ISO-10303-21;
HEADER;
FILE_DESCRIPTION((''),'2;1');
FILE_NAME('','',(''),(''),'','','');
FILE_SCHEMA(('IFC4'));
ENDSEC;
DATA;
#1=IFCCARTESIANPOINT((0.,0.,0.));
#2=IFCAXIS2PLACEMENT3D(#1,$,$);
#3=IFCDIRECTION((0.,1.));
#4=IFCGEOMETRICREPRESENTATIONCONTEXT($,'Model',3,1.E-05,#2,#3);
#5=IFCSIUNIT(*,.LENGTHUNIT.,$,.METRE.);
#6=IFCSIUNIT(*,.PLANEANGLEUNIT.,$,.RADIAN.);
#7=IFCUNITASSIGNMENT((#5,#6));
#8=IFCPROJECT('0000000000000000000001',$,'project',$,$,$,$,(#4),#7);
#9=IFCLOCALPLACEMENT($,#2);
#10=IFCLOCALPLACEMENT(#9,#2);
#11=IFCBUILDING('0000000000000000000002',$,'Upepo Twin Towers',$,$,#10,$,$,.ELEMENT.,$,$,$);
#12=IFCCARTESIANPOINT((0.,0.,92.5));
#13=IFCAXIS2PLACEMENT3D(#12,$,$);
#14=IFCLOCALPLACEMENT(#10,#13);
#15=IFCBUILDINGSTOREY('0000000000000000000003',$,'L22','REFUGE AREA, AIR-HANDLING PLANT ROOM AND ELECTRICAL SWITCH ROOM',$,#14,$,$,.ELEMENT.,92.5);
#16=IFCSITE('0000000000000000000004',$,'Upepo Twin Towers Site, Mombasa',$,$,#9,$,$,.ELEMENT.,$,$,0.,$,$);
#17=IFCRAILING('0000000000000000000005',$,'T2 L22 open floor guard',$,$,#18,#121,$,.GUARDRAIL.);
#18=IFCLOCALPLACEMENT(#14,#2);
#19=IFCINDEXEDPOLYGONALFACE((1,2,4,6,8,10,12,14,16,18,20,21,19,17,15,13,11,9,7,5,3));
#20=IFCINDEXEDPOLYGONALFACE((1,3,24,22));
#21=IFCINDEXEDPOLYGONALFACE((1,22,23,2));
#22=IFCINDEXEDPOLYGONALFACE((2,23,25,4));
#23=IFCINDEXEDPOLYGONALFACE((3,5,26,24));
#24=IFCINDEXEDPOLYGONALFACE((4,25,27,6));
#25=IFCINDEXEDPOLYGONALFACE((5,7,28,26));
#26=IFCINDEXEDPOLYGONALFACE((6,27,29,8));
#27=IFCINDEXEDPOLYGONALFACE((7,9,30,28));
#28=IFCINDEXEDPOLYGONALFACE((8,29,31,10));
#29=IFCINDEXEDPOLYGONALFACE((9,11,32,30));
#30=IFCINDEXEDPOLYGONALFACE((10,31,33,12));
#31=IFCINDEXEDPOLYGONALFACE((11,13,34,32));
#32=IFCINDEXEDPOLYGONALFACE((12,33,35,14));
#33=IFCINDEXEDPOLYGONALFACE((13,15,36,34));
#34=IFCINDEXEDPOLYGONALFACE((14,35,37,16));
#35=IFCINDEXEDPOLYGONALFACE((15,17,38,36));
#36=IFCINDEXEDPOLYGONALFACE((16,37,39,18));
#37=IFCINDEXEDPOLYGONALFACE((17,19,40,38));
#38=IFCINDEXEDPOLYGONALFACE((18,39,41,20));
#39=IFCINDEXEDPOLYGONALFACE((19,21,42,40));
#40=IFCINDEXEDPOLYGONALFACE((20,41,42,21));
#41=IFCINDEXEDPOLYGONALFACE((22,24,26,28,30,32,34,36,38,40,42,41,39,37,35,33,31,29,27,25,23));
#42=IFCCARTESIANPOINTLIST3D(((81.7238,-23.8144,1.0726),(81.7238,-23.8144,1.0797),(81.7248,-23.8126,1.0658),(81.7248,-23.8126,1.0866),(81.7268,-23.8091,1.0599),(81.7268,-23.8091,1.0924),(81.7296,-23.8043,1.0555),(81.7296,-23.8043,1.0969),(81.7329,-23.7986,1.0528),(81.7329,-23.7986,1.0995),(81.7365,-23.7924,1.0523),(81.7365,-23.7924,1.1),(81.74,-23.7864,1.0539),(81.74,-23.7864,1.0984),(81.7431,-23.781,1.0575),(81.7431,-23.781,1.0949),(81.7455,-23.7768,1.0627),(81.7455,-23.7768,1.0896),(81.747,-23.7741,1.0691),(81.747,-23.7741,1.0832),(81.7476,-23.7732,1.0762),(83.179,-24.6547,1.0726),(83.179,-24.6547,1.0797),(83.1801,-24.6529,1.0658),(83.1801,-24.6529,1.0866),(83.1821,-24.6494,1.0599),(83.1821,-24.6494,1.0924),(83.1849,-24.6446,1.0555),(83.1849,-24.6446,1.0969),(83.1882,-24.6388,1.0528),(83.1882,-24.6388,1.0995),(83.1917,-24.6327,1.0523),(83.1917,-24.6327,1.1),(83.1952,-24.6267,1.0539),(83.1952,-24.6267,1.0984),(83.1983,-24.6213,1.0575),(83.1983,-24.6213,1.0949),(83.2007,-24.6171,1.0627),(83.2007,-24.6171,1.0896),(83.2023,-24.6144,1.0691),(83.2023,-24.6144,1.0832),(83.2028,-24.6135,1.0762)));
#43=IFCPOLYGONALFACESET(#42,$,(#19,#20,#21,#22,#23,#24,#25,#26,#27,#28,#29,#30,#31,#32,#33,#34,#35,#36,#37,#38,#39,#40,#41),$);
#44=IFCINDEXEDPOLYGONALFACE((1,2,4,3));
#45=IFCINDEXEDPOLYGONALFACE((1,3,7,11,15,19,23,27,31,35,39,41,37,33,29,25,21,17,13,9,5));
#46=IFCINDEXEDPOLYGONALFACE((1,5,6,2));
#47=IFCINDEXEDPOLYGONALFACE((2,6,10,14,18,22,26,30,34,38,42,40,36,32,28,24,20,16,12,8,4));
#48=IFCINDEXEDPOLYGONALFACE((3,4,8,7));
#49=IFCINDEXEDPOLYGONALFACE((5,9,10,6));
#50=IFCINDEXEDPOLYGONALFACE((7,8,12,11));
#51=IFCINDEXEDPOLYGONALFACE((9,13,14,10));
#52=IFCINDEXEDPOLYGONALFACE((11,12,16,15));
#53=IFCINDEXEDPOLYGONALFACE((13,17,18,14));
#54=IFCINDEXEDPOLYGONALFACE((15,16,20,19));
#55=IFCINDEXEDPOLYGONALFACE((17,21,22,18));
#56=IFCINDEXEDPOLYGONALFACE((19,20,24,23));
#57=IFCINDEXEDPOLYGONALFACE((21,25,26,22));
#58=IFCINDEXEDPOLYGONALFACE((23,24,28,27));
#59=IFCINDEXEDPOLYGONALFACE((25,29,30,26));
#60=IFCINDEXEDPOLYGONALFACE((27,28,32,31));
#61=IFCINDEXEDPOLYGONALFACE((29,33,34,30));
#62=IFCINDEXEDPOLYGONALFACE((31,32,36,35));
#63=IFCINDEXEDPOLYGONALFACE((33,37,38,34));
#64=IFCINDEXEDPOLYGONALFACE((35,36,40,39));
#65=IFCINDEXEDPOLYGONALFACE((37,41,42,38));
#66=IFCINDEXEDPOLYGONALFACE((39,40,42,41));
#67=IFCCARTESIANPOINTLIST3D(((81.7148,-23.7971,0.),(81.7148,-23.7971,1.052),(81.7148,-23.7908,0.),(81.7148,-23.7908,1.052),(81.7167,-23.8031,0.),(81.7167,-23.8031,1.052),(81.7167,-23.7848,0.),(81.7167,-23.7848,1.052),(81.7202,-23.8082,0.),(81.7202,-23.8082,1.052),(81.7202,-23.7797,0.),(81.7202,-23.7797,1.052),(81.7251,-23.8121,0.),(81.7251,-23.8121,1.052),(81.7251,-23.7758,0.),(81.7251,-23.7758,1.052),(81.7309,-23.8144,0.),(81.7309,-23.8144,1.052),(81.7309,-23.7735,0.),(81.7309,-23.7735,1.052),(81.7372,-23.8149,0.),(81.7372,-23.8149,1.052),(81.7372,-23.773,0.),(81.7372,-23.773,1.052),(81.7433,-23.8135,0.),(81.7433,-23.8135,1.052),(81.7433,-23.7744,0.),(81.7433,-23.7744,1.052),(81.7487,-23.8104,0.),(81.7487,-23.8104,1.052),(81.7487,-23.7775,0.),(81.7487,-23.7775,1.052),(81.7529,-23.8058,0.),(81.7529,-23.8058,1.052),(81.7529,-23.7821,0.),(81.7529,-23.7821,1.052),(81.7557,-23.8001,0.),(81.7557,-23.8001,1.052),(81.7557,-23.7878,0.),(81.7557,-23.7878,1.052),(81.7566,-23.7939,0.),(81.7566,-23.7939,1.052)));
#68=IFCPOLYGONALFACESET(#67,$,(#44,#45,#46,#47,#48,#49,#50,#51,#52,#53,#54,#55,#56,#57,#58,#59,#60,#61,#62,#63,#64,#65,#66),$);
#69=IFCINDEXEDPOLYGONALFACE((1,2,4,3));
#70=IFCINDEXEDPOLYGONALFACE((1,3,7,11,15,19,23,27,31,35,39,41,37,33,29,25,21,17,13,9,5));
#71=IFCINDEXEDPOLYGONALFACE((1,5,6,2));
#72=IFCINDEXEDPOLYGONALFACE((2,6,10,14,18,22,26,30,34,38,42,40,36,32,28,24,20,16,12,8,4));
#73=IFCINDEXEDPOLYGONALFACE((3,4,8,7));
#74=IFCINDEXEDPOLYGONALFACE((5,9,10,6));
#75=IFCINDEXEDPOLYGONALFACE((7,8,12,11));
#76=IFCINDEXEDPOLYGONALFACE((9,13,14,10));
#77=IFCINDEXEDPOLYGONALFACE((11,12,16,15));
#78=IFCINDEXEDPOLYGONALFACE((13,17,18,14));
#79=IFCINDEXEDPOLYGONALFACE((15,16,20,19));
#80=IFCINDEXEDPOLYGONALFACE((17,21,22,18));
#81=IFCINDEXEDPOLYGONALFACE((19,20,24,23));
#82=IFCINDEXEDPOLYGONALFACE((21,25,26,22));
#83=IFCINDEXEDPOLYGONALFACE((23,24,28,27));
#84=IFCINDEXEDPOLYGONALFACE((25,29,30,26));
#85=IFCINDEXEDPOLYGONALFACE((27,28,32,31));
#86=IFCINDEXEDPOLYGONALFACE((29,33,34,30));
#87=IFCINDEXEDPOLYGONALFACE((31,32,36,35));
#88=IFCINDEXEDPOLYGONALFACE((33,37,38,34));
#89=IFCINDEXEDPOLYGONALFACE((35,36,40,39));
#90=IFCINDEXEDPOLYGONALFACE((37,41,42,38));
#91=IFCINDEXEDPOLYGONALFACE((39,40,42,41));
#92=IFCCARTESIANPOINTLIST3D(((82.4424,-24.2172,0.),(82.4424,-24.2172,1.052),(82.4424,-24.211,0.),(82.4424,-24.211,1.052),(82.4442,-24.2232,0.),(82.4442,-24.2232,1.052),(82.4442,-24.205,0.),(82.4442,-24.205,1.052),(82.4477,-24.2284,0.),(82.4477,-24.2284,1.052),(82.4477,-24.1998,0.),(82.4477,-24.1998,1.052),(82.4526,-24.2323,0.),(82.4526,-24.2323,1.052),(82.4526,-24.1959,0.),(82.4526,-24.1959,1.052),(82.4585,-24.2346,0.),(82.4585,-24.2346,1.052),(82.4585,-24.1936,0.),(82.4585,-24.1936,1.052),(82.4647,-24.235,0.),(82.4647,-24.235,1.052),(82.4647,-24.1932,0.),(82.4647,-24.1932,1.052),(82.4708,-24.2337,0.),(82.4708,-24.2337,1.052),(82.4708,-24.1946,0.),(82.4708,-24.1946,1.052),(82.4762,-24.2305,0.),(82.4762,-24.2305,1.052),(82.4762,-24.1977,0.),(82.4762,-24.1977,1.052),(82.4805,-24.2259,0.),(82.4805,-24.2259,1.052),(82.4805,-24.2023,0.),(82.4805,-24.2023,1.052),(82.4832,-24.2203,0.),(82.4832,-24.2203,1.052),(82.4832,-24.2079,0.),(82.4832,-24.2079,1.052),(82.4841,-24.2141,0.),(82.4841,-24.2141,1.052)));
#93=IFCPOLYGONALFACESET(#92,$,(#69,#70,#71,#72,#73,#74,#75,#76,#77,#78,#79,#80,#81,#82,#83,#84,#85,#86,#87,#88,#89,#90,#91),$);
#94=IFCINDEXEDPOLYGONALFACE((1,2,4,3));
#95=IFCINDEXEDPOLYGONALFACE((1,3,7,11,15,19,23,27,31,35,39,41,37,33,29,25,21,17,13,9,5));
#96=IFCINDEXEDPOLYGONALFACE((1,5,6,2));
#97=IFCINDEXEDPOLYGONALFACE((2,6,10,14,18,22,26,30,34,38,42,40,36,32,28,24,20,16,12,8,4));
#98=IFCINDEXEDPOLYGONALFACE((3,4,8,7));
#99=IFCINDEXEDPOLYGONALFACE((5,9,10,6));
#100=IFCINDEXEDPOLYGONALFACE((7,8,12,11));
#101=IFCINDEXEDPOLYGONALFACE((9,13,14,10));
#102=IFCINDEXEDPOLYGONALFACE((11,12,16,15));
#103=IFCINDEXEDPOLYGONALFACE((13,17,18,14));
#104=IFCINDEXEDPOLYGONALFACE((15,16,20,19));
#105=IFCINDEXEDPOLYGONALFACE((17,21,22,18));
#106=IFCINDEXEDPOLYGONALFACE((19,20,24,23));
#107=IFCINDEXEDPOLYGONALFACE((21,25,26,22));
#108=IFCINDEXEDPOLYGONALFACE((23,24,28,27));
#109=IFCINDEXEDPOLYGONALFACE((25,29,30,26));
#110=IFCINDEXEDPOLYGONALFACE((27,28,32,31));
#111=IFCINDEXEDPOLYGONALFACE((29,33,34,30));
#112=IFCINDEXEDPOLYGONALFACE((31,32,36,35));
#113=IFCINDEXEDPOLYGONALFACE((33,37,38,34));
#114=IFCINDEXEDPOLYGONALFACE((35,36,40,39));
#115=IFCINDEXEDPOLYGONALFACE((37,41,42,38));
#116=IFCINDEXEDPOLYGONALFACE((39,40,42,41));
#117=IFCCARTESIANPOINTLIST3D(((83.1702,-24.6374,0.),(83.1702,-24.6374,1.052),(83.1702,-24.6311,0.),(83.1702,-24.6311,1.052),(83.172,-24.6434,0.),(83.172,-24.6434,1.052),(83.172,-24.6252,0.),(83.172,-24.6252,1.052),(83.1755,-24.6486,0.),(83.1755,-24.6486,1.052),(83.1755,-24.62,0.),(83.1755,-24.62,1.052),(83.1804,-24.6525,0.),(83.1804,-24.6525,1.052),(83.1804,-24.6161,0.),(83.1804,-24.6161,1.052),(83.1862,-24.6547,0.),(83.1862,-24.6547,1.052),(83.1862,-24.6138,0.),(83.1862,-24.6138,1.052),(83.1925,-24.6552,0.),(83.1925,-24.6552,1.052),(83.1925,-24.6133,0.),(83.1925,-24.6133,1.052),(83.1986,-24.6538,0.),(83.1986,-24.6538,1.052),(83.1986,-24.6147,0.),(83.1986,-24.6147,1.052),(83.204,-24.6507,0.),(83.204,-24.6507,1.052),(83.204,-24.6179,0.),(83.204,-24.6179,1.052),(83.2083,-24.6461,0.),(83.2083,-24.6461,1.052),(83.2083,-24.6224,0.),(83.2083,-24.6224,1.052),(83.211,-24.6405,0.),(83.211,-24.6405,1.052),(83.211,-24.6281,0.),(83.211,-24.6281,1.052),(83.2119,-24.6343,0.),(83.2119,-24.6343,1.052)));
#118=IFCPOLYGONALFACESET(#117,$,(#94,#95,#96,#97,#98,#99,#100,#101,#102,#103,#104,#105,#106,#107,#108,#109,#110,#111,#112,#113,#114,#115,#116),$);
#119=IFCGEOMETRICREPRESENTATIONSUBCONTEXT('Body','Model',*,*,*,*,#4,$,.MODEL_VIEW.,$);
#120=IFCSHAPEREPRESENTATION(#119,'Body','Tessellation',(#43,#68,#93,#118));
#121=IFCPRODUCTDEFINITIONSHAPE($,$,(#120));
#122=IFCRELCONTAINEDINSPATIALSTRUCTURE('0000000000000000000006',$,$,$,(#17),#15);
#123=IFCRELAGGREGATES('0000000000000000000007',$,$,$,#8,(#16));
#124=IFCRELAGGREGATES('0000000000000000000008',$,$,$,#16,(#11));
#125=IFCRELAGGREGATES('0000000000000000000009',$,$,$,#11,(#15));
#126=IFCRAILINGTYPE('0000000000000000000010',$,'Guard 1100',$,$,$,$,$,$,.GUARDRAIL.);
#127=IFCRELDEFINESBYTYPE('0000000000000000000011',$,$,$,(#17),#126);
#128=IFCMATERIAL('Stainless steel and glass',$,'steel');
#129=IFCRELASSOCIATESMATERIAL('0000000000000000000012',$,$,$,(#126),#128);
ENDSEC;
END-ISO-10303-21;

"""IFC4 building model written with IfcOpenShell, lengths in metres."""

from ifc_helpers import new_model, si_unit, direction, frame, origin, origin_2d, place, context, subcontext, project, spatial, circle, extrude, material, type_object, element, save


model = new_model("IFC4")

# Units and contexts
model_context = context("Model", 3, precision=1e-05, world=origin(), true_north=direction((0.0, 1.0)))
body_context = subcontext(model_context, "Body", "Model", "MODEL_VIEW")
ifc_project = project(units=[si_unit("LENGTHUNIT", "METRE"), si_unit("PLANEANGLEUNIT", "RADIAN")], contexts=[model_context])

# Site, building, storey
site_placement = place(None, origin())
site = spatial("IfcSite", under=ifc_project, at=site_placement, Name="Upepo Twin Towers Site, Mombasa", CompositionType="ELEMENT", RefElevation=0.0)
building_placement = place(site_placement, origin())
building = spatial("IfcBuilding", under=site, at=building_placement, Name="Upepo Twin Towers", CompositionType="ELEMENT")
storey_placement = place(building_placement, frame((0.0, 0.0, 92.5)))
storey = spatial("IfcBuildingStorey", under=building, at=storey_placement, Name="L22", Description="REFUGE AREA, AIR-HANDLING PLANT ROOM AND ELECTRICAL SWITCH ROOM", CompositionType="ELEMENT", Elevation=92.5)

# Railing
ifc_material_1 = material(Name="Stainless steel and glass", Category="steel")
railing_type = type_object("IfcRailingType", Name="Guard 1100", PredefinedType="GUARDRAIL", material=ifc_material_1)
railing_1_placement = place(storey_placement, frame((81.7356, -23.7939, 0.0)))
element("IfcRailing", 1, at=railing_1_placement, inside=storey, type_object=railing_type, Name="T2 L22 open floor guard", PredefinedType="GUARDRAIL", context=body_context, shape_type="SweptSolid", body=[
    extrude(circle(Radius=0.0239, at=origin_2d()), frame((0.0, 0.0, 1.0762), z_axis=(0.865999, -0.500045, 0.0), x_axis=(0.500045, 0.865999, 0.0)), (0.0, 0.0, 1.0), 1.6804),
    extrude(circle(Radius=0.021, at=origin_2d()), origin(), (0.0, 0.0, 1.0), 1.052),
    extrude(circle(Radius=0.021, at=origin_2d()), frame((0.7275, -0.4202, 0.0)), (0.0, 0.0, 1.0), 1.052),
    extrude(circle(Radius=0.021, at=origin_2d()), frame((1.4553, -0.8403, 0.0)), (0.0, 0.0, 1.0), 1.052),
])

save(model, "model.ifc")
